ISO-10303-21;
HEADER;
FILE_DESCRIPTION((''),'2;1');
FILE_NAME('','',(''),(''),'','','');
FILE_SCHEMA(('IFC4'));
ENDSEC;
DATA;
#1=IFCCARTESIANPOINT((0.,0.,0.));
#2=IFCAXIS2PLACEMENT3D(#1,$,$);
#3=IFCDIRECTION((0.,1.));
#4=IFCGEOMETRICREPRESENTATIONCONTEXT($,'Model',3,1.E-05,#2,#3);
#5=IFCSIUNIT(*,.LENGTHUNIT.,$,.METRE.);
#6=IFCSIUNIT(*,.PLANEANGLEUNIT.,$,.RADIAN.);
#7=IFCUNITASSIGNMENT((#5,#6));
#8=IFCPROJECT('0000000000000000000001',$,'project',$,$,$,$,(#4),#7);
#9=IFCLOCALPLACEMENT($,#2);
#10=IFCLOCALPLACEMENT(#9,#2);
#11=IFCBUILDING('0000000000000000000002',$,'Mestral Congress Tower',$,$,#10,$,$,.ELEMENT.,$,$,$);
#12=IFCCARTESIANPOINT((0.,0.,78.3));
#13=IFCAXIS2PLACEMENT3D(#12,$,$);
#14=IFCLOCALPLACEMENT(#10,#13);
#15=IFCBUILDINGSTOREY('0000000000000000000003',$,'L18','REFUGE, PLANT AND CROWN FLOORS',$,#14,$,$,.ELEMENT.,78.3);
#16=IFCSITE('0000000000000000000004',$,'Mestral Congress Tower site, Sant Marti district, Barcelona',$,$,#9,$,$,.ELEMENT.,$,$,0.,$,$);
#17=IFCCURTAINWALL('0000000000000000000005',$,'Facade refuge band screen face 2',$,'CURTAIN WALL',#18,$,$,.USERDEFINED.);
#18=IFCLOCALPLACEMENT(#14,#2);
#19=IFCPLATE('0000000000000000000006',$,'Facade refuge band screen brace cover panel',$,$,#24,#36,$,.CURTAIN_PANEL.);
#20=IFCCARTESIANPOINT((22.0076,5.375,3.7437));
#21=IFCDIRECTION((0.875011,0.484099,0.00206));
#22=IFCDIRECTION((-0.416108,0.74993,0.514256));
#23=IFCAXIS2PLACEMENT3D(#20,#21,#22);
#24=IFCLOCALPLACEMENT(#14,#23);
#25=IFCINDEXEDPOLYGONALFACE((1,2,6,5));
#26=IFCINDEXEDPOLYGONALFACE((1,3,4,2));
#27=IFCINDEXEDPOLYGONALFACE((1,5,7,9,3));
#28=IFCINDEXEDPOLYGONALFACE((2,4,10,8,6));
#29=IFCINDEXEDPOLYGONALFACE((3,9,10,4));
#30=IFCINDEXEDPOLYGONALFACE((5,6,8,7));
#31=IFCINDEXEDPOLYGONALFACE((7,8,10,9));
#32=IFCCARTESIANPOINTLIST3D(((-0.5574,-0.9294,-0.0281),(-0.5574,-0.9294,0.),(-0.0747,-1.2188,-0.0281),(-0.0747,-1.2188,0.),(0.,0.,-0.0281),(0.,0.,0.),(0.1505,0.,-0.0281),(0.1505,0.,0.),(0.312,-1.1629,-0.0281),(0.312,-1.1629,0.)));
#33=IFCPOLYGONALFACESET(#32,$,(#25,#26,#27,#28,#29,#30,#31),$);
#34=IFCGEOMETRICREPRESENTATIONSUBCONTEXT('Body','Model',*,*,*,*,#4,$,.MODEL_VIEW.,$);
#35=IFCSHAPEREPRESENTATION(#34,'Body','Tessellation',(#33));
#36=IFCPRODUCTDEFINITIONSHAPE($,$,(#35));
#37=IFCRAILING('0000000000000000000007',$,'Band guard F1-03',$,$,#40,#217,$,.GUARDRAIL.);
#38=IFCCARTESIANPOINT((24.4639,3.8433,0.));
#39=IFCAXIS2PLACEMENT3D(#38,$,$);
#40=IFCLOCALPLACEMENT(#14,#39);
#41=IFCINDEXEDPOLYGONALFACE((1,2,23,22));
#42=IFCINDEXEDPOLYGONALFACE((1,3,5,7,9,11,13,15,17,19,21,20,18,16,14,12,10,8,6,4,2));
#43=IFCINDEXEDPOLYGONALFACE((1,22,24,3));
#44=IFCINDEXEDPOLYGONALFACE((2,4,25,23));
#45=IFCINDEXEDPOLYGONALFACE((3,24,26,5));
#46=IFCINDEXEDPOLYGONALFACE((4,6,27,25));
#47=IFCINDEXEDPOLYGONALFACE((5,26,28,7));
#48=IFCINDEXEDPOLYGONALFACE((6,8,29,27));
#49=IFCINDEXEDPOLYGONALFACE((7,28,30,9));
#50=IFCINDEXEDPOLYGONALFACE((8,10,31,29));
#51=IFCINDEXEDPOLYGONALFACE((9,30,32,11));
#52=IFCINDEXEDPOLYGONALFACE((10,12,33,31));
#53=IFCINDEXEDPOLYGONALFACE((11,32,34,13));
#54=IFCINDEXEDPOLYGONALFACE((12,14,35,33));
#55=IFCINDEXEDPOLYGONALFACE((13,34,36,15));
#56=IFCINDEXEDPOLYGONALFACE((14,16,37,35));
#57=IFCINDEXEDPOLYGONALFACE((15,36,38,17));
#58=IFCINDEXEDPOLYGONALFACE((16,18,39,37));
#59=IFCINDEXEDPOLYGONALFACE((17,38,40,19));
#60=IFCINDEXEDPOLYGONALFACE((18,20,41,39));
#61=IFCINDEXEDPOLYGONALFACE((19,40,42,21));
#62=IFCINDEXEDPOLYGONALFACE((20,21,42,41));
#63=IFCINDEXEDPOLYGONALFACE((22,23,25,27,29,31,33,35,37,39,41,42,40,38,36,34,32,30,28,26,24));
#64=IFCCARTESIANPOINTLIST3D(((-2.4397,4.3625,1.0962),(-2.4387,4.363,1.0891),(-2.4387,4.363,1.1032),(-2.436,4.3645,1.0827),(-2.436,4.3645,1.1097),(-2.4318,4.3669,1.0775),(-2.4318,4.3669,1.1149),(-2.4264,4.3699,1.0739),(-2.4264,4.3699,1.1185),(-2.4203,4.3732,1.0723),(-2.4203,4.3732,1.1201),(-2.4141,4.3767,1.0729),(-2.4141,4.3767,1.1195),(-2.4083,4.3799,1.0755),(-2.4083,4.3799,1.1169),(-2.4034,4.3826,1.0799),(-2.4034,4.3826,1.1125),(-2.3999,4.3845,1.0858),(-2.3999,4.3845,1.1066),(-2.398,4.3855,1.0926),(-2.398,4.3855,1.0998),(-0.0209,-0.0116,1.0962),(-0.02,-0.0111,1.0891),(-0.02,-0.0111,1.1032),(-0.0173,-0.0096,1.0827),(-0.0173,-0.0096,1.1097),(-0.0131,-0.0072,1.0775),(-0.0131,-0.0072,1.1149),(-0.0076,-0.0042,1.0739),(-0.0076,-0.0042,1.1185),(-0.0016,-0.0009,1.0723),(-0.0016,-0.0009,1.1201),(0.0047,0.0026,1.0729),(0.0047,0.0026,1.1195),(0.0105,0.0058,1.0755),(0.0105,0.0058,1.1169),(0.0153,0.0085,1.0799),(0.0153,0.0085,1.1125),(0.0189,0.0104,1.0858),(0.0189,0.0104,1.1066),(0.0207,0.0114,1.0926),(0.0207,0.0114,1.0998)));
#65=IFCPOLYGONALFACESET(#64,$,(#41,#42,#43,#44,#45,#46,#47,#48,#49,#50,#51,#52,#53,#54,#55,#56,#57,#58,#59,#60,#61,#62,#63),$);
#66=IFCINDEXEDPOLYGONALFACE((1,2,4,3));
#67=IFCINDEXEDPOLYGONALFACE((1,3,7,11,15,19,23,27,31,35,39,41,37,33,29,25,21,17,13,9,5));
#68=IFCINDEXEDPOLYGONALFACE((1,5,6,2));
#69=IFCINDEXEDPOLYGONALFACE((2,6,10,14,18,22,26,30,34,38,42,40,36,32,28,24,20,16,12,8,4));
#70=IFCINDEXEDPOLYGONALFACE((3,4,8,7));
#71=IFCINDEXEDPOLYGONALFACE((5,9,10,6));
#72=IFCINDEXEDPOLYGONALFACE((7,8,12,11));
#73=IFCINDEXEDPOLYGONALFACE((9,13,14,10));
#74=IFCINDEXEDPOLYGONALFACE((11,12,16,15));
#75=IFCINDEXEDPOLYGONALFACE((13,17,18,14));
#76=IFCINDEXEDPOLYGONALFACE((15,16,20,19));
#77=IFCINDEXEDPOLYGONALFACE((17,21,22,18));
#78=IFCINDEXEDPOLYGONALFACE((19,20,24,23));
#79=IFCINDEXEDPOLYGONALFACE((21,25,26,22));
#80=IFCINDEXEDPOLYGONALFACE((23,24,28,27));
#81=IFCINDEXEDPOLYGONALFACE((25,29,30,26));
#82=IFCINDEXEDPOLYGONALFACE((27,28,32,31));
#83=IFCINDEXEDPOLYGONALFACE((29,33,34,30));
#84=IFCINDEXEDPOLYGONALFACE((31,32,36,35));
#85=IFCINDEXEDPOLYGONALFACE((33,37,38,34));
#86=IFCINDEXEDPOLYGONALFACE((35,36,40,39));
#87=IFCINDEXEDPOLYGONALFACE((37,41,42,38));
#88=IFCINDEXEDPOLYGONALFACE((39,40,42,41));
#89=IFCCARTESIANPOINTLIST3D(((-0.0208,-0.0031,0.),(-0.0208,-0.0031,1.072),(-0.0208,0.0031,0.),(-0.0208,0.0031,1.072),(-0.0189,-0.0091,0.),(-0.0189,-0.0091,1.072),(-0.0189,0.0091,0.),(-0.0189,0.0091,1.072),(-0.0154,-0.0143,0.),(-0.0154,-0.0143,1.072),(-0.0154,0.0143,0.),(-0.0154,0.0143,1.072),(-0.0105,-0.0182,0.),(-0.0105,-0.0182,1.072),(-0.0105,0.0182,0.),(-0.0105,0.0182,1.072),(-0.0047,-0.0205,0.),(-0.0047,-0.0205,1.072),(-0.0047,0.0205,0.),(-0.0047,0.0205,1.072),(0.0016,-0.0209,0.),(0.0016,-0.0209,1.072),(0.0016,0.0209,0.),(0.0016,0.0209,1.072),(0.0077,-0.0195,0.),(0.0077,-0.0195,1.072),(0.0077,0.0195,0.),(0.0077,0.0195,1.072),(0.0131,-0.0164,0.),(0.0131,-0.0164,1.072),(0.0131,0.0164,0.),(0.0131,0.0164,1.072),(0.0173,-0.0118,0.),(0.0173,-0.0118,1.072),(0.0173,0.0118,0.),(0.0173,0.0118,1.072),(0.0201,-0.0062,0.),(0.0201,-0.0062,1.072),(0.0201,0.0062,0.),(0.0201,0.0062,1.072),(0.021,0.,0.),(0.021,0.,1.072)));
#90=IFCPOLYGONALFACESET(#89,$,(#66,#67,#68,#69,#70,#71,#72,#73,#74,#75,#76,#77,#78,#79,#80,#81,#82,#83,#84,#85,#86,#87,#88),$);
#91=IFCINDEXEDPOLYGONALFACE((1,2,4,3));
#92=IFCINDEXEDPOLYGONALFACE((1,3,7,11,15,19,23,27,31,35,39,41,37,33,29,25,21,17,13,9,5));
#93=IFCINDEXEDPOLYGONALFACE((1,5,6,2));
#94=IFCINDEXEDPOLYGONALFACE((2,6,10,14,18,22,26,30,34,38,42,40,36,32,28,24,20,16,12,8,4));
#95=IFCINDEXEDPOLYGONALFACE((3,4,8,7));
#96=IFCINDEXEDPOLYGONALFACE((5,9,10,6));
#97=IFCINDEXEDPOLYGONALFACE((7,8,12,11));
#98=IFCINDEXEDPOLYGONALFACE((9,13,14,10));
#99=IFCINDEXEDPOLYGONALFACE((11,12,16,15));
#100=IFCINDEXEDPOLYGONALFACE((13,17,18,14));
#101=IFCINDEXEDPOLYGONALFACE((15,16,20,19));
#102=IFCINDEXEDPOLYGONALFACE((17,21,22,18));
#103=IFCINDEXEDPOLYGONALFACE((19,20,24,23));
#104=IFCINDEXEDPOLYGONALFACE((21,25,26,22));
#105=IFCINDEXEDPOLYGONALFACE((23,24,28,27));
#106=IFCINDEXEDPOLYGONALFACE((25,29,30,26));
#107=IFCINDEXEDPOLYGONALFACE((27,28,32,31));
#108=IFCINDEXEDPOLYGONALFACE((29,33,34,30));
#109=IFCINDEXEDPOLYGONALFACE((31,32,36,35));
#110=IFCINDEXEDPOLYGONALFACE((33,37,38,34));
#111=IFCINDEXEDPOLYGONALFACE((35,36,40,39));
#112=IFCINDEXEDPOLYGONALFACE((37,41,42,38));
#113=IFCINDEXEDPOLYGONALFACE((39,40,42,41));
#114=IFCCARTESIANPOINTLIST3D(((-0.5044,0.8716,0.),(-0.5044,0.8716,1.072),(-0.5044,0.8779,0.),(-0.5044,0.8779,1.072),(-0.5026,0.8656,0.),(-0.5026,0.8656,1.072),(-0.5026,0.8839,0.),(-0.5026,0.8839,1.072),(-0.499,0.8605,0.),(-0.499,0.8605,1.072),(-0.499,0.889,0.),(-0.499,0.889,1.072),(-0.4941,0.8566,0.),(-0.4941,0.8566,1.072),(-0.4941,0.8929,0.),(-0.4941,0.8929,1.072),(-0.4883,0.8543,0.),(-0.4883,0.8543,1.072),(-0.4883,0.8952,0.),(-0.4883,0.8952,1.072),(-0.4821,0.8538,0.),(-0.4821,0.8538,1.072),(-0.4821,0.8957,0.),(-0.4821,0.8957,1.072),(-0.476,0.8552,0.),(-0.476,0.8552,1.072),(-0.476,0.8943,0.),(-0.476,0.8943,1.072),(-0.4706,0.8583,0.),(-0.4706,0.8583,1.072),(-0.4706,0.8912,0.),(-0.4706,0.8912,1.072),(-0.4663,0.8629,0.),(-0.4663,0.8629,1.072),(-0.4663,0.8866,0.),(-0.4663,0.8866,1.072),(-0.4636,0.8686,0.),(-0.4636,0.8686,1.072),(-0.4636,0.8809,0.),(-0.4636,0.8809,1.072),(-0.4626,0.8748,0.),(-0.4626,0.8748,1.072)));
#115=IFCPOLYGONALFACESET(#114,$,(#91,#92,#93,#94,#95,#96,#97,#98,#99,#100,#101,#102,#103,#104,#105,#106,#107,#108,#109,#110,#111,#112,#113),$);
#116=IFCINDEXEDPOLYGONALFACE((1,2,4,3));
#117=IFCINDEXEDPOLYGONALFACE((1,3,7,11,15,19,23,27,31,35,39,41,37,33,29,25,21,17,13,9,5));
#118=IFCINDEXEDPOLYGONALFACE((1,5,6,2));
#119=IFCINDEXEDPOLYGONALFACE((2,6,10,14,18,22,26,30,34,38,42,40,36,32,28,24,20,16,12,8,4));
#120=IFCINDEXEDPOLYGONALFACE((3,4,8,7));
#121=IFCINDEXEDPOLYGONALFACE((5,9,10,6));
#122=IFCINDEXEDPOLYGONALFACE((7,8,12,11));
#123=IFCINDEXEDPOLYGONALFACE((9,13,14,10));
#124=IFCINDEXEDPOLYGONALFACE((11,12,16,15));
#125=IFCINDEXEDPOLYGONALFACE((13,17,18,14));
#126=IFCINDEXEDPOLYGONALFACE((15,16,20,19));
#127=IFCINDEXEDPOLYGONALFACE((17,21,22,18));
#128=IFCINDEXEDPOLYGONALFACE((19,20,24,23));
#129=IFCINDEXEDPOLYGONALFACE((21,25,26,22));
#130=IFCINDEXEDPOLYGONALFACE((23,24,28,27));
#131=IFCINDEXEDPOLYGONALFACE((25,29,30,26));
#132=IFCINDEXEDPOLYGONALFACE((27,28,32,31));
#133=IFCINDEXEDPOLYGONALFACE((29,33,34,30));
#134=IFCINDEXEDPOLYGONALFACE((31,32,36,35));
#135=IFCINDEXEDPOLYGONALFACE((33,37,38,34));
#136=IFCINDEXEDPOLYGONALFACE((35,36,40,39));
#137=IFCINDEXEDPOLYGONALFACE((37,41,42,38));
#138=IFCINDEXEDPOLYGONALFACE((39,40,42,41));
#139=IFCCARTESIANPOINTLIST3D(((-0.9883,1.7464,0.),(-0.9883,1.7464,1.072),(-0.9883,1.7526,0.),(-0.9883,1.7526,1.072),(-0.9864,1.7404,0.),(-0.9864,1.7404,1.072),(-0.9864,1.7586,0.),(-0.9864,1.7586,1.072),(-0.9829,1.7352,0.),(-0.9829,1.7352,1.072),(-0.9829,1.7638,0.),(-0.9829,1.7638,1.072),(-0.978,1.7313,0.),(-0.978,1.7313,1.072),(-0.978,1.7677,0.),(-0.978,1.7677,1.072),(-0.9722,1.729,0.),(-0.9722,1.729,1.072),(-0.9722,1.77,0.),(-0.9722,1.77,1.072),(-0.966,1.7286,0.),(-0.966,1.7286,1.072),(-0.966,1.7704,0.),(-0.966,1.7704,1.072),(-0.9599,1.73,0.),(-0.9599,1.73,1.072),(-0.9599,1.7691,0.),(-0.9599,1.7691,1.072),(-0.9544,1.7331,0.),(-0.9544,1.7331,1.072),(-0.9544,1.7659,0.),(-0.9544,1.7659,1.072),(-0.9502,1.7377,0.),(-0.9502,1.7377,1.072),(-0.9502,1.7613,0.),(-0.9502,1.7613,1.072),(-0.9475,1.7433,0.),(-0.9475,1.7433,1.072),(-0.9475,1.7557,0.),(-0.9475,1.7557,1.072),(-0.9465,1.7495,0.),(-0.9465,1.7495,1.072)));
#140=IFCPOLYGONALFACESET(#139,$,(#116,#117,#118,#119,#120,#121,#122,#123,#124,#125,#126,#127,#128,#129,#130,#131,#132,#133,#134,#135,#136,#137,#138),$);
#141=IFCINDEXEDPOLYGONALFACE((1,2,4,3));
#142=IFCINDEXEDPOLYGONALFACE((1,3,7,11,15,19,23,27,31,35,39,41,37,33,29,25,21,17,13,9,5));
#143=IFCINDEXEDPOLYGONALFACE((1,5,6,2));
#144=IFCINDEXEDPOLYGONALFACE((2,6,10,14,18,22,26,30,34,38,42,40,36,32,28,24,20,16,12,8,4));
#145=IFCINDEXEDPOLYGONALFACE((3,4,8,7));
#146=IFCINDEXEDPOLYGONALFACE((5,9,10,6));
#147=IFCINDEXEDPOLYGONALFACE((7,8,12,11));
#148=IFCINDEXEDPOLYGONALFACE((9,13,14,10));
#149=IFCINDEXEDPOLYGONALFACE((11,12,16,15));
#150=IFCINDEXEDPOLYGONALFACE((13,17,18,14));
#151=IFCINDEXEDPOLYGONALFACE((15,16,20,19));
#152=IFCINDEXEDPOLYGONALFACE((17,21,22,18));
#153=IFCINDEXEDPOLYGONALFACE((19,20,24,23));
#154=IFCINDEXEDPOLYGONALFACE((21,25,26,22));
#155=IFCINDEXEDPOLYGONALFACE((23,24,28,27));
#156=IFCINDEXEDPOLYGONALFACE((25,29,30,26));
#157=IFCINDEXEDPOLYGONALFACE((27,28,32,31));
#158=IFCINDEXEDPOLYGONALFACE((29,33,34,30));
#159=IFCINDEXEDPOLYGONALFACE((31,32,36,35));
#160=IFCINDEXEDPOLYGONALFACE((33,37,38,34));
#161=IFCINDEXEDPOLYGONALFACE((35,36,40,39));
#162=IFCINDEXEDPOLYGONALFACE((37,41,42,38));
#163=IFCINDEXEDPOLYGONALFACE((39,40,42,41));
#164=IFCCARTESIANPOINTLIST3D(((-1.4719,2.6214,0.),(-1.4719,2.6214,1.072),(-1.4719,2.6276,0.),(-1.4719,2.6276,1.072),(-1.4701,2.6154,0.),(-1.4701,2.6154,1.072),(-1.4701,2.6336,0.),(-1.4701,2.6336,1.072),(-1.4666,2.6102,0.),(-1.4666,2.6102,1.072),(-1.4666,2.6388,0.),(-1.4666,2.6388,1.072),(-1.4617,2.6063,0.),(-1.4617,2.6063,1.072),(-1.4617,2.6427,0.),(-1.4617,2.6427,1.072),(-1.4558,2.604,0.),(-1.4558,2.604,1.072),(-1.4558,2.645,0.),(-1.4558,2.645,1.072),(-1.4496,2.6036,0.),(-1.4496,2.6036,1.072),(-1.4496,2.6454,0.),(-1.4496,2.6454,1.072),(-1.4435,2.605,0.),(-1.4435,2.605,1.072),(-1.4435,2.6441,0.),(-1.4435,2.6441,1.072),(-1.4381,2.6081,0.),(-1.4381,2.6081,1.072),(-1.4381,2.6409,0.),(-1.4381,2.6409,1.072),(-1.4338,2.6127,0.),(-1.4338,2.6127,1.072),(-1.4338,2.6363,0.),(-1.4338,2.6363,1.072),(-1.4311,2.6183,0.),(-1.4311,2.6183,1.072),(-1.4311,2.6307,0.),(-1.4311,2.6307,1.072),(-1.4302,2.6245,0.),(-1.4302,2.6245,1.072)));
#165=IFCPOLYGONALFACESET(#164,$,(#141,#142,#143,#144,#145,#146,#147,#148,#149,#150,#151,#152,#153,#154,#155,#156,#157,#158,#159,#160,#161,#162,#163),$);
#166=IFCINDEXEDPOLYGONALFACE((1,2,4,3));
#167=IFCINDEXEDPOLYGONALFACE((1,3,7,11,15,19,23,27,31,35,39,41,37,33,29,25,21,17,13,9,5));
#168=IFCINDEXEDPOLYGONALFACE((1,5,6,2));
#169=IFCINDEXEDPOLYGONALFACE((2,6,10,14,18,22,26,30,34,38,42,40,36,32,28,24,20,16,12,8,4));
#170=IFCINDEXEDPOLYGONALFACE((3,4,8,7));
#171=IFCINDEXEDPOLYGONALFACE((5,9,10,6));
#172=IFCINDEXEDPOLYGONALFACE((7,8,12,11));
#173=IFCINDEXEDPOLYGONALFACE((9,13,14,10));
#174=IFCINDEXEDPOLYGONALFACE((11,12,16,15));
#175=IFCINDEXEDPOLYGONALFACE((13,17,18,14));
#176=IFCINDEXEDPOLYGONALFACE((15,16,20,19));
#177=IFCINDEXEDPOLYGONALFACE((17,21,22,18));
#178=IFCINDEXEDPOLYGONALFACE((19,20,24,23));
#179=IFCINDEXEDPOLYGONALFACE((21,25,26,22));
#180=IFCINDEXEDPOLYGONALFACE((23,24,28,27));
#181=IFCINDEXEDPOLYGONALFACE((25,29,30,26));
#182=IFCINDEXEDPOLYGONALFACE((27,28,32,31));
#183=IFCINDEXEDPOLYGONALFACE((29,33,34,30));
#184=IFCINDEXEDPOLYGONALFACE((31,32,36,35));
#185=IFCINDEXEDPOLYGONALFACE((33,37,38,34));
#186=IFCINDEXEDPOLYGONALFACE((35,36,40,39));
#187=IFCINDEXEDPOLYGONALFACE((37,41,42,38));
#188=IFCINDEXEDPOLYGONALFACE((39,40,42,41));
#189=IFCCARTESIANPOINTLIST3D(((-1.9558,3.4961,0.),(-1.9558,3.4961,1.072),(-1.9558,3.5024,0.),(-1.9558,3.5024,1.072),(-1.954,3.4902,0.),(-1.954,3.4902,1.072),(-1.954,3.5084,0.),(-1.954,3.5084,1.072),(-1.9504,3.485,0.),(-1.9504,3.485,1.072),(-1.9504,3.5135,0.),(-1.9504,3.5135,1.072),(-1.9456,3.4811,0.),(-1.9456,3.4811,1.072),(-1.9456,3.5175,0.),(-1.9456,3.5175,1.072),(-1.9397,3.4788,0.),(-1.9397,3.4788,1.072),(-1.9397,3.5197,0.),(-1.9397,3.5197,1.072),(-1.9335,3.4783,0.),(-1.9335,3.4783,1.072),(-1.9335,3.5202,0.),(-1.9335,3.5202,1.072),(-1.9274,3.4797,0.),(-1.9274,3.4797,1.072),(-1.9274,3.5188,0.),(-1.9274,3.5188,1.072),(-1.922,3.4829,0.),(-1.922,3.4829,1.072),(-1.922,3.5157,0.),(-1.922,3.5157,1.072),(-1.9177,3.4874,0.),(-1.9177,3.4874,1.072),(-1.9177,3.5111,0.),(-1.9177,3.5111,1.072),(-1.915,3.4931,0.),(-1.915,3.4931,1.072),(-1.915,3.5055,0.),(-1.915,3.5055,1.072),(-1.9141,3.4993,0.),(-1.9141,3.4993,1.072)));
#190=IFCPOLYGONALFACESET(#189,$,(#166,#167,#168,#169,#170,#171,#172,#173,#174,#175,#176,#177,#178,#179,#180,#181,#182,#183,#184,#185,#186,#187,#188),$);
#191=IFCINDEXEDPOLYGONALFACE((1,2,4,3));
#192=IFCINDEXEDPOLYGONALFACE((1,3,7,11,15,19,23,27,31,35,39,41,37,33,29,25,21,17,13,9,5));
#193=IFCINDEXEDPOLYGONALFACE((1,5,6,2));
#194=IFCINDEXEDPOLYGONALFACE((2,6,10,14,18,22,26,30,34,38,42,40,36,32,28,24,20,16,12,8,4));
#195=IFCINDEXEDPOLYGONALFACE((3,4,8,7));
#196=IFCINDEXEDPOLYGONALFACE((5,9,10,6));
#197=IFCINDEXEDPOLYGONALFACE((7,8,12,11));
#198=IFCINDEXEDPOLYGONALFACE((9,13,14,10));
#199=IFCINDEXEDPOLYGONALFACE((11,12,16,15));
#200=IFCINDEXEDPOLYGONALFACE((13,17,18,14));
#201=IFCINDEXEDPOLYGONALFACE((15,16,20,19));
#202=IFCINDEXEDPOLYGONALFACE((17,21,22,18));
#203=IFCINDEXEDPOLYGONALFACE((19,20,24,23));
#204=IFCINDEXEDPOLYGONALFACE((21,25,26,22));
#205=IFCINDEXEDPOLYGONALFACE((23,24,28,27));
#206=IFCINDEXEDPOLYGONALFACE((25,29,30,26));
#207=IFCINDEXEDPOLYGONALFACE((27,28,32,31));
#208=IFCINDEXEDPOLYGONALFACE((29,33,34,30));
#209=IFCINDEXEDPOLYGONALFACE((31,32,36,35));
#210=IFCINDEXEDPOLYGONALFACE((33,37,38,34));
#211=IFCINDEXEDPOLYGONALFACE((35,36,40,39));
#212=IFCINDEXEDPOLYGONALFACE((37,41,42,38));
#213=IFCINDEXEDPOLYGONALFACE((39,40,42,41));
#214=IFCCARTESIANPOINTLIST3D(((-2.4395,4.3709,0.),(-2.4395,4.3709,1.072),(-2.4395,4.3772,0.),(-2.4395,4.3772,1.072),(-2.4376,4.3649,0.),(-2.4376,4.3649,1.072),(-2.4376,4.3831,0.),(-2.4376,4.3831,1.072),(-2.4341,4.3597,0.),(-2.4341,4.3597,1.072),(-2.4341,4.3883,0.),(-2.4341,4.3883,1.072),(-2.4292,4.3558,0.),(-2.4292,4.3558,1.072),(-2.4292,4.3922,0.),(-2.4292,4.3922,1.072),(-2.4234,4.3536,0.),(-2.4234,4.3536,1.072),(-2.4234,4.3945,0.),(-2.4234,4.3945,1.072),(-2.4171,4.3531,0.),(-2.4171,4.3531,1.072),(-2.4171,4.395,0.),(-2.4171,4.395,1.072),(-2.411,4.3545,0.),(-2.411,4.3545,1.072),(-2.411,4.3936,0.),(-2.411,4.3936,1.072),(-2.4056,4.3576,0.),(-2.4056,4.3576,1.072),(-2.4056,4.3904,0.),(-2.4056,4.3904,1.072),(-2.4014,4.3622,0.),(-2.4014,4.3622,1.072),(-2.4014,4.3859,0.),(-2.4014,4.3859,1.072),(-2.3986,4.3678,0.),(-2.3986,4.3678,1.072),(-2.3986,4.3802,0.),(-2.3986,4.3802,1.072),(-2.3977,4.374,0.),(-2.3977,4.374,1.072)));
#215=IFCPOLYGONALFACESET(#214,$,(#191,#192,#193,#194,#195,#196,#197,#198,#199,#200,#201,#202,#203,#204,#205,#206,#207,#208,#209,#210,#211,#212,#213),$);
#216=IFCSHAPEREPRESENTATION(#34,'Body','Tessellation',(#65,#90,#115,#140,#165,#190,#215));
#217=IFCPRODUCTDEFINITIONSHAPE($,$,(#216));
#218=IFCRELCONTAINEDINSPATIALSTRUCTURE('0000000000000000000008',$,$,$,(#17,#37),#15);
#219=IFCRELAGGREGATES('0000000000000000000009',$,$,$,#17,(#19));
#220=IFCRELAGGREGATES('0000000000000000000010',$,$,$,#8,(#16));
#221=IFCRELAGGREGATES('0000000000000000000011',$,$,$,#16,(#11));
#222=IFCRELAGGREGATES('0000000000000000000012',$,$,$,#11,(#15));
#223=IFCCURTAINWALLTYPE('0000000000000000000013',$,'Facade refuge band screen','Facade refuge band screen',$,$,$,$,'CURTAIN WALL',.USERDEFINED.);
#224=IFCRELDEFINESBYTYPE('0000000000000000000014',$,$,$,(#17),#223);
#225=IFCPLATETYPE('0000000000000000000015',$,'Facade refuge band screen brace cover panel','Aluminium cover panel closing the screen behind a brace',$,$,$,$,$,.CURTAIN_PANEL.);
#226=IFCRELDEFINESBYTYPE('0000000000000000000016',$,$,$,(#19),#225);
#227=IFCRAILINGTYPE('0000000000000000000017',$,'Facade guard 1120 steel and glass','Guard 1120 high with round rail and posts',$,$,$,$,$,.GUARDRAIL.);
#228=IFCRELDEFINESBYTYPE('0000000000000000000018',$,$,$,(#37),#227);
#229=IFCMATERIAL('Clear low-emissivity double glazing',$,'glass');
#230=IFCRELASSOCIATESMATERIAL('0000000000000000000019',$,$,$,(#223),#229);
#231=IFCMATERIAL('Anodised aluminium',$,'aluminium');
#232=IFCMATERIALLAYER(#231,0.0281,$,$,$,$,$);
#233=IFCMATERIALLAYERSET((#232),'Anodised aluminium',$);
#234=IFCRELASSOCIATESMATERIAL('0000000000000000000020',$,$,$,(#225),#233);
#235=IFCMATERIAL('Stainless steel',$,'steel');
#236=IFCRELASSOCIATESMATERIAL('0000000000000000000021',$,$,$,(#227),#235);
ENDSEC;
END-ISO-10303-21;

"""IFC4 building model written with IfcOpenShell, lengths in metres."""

from ifc_helpers import new_model, si_unit, direction, frame, origin, origin_2d, place, context, subcontext, project, spatial, polyline, circle, outline, extrude, material, layer, layer_set, type_object, element, aggregate, save


model = new_model("IFC4")

# Units and contexts
model_context = context("Model", 3, precision=1e-05, world=origin(), true_north=direction((0.0, 1.0)))
body_context = subcontext(model_context, "Body", "Model", "MODEL_VIEW")
ifc_project = project(units=[si_unit("LENGTHUNIT", "METRE"), si_unit("PLANEANGLEUNIT", "RADIAN")], contexts=[model_context])

# Site, building, storey
site_placement = place(None, origin())
site = spatial("IfcSite", under=ifc_project, at=site_placement, Name="Mestral Congress Tower site, Sant Marti district, Barcelona", CompositionType="ELEMENT", RefElevation=0.0)
building_placement = place(site_placement, origin())
building = spatial("IfcBuilding", under=site, at=building_placement, Name="Mestral Congress Tower", CompositionType="ELEMENT")
storey_placement = place(building_placement, frame((0.0, 0.0, 78.3)))
storey = spatial("IfcBuildingStorey", under=building, at=storey_placement, Name="L18", Description="REFUGE, PLANT AND CROWN FLOORS", CompositionType="ELEMENT", Elevation=78.3)

# Curtain wall
ifc_material_1 = material(Name="Clear low-emissivity double glazing", Category="glass")
curtain_wall_type = type_object("IfcCurtainWallType", Name="Facade refuge band screen", Description="Facade refuge band screen", ElementType="CURTAIN WALL", PredefinedType="USERDEFINED", material=ifc_material_1)
curtain_wall_placement = place(storey_placement, origin())
curtain_wall = element("IfcCurtainWall", 1, at=curtain_wall_placement, inside=storey, type_object=curtain_wall_type, Name="Facade refuge band screen face 2", ObjectType="CURTAIN WALL", PredefinedType="USERDEFINED")
ifc_material_2 = material(Name="Anodised aluminium", Category="aluminium")

# Plate
ifc_layer_1 = layer(ifc_material_2, 0.0281)
ifc_layer_set_1 = layer_set([ifc_layer_1], Name="Anodised aluminium")
plate_type_1 = type_object("IfcPlateType", Name="Facade refuge band screen brace cover panel", Description="Aluminium cover panel closing the screen behind a brace", PredefinedType="CURTAIN_PANEL", material=ifc_layer_set_1)
plate_1_placement = place(storey_placement, frame((22.0076, 5.375, 3.7437), z_axis=(0.875011, 0.484099, 0.00206), x_axis=(-0.416108, 0.74993, 0.514256)))
plate_1 = element("IfcPlate", 2, at=plate_1_placement, type_object=plate_type_1, Name="Facade refuge band screen brace cover panel", PredefinedType="CURTAIN_PANEL", context=body_context, shape_type="SweptSolid", body=[
    extrude(outline(polyline([(0.0, 0.0), (0.1505, 0.0), (0.312, -1.1629), (-0.0747, -1.2188), (-0.5574, -0.9294), (0.0, 0.0)])), origin(), (0.0, 0.0, -1.0), 0.0281),
])
aggregate(curtain_wall, [plate_1])

# Railing
ifc_material_3 = material(Name="Stainless steel", Category="steel")
railing_type = type_object("IfcRailingType", Name="Facade guard 1120 steel and glass", Description="Guard 1120 high with round rail and posts", PredefinedType="GUARDRAIL", material=ifc_material_3)
railing_1_placement = place(storey_placement, frame((24.4639, 3.8433, 0.0)))
element("IfcRailing", 3, at=railing_1_placement, inside=storey, type_object=railing_type, Name="Band guard F1-03", PredefinedType="GUARDRAIL", context=body_context, shape_type="SweptSolid", body=[
    extrude(circle(Radius=0.0239, at=origin_2d()), frame((0.0, 0.0, 1.0962), z_axis=(-0.483913, 0.875116, 0.0), x_axis=(-0.875116, -0.483913, 0.0)), (0.0, 0.0, 1.0), 4.9983),
    extrude(circle(Radius=0.021, at=origin_2d()), origin(), (0.0, 0.0, 1.0), 1.072),
    extrude(circle(Radius=0.021, at=origin_2d()), frame((-0.4836, 0.8748, 0.0)), (0.0, 0.0, 1.0), 1.072),
    extrude(circle(Radius=0.021, at=origin_2d()), frame((-0.9675, 1.7495, 0.0)), (0.0, 0.0, 1.0), 1.072),
    extrude(circle(Radius=0.021, at=origin_2d()), frame((-1.4512, 2.6245, 0.0)), (0.0, 0.0, 1.0), 1.072),
    extrude(circle(Radius=0.021, at=origin_2d()), frame((-1.9351, 3.4993, 0.0)), (0.0, 0.0, 1.0), 1.072),
    extrude(circle(Radius=0.021, at=origin_2d()), frame((-2.4187, 4.374, 0.0)), (0.0, 0.0, 1.0), 1.072),
])

save(model, "model.ifc")
